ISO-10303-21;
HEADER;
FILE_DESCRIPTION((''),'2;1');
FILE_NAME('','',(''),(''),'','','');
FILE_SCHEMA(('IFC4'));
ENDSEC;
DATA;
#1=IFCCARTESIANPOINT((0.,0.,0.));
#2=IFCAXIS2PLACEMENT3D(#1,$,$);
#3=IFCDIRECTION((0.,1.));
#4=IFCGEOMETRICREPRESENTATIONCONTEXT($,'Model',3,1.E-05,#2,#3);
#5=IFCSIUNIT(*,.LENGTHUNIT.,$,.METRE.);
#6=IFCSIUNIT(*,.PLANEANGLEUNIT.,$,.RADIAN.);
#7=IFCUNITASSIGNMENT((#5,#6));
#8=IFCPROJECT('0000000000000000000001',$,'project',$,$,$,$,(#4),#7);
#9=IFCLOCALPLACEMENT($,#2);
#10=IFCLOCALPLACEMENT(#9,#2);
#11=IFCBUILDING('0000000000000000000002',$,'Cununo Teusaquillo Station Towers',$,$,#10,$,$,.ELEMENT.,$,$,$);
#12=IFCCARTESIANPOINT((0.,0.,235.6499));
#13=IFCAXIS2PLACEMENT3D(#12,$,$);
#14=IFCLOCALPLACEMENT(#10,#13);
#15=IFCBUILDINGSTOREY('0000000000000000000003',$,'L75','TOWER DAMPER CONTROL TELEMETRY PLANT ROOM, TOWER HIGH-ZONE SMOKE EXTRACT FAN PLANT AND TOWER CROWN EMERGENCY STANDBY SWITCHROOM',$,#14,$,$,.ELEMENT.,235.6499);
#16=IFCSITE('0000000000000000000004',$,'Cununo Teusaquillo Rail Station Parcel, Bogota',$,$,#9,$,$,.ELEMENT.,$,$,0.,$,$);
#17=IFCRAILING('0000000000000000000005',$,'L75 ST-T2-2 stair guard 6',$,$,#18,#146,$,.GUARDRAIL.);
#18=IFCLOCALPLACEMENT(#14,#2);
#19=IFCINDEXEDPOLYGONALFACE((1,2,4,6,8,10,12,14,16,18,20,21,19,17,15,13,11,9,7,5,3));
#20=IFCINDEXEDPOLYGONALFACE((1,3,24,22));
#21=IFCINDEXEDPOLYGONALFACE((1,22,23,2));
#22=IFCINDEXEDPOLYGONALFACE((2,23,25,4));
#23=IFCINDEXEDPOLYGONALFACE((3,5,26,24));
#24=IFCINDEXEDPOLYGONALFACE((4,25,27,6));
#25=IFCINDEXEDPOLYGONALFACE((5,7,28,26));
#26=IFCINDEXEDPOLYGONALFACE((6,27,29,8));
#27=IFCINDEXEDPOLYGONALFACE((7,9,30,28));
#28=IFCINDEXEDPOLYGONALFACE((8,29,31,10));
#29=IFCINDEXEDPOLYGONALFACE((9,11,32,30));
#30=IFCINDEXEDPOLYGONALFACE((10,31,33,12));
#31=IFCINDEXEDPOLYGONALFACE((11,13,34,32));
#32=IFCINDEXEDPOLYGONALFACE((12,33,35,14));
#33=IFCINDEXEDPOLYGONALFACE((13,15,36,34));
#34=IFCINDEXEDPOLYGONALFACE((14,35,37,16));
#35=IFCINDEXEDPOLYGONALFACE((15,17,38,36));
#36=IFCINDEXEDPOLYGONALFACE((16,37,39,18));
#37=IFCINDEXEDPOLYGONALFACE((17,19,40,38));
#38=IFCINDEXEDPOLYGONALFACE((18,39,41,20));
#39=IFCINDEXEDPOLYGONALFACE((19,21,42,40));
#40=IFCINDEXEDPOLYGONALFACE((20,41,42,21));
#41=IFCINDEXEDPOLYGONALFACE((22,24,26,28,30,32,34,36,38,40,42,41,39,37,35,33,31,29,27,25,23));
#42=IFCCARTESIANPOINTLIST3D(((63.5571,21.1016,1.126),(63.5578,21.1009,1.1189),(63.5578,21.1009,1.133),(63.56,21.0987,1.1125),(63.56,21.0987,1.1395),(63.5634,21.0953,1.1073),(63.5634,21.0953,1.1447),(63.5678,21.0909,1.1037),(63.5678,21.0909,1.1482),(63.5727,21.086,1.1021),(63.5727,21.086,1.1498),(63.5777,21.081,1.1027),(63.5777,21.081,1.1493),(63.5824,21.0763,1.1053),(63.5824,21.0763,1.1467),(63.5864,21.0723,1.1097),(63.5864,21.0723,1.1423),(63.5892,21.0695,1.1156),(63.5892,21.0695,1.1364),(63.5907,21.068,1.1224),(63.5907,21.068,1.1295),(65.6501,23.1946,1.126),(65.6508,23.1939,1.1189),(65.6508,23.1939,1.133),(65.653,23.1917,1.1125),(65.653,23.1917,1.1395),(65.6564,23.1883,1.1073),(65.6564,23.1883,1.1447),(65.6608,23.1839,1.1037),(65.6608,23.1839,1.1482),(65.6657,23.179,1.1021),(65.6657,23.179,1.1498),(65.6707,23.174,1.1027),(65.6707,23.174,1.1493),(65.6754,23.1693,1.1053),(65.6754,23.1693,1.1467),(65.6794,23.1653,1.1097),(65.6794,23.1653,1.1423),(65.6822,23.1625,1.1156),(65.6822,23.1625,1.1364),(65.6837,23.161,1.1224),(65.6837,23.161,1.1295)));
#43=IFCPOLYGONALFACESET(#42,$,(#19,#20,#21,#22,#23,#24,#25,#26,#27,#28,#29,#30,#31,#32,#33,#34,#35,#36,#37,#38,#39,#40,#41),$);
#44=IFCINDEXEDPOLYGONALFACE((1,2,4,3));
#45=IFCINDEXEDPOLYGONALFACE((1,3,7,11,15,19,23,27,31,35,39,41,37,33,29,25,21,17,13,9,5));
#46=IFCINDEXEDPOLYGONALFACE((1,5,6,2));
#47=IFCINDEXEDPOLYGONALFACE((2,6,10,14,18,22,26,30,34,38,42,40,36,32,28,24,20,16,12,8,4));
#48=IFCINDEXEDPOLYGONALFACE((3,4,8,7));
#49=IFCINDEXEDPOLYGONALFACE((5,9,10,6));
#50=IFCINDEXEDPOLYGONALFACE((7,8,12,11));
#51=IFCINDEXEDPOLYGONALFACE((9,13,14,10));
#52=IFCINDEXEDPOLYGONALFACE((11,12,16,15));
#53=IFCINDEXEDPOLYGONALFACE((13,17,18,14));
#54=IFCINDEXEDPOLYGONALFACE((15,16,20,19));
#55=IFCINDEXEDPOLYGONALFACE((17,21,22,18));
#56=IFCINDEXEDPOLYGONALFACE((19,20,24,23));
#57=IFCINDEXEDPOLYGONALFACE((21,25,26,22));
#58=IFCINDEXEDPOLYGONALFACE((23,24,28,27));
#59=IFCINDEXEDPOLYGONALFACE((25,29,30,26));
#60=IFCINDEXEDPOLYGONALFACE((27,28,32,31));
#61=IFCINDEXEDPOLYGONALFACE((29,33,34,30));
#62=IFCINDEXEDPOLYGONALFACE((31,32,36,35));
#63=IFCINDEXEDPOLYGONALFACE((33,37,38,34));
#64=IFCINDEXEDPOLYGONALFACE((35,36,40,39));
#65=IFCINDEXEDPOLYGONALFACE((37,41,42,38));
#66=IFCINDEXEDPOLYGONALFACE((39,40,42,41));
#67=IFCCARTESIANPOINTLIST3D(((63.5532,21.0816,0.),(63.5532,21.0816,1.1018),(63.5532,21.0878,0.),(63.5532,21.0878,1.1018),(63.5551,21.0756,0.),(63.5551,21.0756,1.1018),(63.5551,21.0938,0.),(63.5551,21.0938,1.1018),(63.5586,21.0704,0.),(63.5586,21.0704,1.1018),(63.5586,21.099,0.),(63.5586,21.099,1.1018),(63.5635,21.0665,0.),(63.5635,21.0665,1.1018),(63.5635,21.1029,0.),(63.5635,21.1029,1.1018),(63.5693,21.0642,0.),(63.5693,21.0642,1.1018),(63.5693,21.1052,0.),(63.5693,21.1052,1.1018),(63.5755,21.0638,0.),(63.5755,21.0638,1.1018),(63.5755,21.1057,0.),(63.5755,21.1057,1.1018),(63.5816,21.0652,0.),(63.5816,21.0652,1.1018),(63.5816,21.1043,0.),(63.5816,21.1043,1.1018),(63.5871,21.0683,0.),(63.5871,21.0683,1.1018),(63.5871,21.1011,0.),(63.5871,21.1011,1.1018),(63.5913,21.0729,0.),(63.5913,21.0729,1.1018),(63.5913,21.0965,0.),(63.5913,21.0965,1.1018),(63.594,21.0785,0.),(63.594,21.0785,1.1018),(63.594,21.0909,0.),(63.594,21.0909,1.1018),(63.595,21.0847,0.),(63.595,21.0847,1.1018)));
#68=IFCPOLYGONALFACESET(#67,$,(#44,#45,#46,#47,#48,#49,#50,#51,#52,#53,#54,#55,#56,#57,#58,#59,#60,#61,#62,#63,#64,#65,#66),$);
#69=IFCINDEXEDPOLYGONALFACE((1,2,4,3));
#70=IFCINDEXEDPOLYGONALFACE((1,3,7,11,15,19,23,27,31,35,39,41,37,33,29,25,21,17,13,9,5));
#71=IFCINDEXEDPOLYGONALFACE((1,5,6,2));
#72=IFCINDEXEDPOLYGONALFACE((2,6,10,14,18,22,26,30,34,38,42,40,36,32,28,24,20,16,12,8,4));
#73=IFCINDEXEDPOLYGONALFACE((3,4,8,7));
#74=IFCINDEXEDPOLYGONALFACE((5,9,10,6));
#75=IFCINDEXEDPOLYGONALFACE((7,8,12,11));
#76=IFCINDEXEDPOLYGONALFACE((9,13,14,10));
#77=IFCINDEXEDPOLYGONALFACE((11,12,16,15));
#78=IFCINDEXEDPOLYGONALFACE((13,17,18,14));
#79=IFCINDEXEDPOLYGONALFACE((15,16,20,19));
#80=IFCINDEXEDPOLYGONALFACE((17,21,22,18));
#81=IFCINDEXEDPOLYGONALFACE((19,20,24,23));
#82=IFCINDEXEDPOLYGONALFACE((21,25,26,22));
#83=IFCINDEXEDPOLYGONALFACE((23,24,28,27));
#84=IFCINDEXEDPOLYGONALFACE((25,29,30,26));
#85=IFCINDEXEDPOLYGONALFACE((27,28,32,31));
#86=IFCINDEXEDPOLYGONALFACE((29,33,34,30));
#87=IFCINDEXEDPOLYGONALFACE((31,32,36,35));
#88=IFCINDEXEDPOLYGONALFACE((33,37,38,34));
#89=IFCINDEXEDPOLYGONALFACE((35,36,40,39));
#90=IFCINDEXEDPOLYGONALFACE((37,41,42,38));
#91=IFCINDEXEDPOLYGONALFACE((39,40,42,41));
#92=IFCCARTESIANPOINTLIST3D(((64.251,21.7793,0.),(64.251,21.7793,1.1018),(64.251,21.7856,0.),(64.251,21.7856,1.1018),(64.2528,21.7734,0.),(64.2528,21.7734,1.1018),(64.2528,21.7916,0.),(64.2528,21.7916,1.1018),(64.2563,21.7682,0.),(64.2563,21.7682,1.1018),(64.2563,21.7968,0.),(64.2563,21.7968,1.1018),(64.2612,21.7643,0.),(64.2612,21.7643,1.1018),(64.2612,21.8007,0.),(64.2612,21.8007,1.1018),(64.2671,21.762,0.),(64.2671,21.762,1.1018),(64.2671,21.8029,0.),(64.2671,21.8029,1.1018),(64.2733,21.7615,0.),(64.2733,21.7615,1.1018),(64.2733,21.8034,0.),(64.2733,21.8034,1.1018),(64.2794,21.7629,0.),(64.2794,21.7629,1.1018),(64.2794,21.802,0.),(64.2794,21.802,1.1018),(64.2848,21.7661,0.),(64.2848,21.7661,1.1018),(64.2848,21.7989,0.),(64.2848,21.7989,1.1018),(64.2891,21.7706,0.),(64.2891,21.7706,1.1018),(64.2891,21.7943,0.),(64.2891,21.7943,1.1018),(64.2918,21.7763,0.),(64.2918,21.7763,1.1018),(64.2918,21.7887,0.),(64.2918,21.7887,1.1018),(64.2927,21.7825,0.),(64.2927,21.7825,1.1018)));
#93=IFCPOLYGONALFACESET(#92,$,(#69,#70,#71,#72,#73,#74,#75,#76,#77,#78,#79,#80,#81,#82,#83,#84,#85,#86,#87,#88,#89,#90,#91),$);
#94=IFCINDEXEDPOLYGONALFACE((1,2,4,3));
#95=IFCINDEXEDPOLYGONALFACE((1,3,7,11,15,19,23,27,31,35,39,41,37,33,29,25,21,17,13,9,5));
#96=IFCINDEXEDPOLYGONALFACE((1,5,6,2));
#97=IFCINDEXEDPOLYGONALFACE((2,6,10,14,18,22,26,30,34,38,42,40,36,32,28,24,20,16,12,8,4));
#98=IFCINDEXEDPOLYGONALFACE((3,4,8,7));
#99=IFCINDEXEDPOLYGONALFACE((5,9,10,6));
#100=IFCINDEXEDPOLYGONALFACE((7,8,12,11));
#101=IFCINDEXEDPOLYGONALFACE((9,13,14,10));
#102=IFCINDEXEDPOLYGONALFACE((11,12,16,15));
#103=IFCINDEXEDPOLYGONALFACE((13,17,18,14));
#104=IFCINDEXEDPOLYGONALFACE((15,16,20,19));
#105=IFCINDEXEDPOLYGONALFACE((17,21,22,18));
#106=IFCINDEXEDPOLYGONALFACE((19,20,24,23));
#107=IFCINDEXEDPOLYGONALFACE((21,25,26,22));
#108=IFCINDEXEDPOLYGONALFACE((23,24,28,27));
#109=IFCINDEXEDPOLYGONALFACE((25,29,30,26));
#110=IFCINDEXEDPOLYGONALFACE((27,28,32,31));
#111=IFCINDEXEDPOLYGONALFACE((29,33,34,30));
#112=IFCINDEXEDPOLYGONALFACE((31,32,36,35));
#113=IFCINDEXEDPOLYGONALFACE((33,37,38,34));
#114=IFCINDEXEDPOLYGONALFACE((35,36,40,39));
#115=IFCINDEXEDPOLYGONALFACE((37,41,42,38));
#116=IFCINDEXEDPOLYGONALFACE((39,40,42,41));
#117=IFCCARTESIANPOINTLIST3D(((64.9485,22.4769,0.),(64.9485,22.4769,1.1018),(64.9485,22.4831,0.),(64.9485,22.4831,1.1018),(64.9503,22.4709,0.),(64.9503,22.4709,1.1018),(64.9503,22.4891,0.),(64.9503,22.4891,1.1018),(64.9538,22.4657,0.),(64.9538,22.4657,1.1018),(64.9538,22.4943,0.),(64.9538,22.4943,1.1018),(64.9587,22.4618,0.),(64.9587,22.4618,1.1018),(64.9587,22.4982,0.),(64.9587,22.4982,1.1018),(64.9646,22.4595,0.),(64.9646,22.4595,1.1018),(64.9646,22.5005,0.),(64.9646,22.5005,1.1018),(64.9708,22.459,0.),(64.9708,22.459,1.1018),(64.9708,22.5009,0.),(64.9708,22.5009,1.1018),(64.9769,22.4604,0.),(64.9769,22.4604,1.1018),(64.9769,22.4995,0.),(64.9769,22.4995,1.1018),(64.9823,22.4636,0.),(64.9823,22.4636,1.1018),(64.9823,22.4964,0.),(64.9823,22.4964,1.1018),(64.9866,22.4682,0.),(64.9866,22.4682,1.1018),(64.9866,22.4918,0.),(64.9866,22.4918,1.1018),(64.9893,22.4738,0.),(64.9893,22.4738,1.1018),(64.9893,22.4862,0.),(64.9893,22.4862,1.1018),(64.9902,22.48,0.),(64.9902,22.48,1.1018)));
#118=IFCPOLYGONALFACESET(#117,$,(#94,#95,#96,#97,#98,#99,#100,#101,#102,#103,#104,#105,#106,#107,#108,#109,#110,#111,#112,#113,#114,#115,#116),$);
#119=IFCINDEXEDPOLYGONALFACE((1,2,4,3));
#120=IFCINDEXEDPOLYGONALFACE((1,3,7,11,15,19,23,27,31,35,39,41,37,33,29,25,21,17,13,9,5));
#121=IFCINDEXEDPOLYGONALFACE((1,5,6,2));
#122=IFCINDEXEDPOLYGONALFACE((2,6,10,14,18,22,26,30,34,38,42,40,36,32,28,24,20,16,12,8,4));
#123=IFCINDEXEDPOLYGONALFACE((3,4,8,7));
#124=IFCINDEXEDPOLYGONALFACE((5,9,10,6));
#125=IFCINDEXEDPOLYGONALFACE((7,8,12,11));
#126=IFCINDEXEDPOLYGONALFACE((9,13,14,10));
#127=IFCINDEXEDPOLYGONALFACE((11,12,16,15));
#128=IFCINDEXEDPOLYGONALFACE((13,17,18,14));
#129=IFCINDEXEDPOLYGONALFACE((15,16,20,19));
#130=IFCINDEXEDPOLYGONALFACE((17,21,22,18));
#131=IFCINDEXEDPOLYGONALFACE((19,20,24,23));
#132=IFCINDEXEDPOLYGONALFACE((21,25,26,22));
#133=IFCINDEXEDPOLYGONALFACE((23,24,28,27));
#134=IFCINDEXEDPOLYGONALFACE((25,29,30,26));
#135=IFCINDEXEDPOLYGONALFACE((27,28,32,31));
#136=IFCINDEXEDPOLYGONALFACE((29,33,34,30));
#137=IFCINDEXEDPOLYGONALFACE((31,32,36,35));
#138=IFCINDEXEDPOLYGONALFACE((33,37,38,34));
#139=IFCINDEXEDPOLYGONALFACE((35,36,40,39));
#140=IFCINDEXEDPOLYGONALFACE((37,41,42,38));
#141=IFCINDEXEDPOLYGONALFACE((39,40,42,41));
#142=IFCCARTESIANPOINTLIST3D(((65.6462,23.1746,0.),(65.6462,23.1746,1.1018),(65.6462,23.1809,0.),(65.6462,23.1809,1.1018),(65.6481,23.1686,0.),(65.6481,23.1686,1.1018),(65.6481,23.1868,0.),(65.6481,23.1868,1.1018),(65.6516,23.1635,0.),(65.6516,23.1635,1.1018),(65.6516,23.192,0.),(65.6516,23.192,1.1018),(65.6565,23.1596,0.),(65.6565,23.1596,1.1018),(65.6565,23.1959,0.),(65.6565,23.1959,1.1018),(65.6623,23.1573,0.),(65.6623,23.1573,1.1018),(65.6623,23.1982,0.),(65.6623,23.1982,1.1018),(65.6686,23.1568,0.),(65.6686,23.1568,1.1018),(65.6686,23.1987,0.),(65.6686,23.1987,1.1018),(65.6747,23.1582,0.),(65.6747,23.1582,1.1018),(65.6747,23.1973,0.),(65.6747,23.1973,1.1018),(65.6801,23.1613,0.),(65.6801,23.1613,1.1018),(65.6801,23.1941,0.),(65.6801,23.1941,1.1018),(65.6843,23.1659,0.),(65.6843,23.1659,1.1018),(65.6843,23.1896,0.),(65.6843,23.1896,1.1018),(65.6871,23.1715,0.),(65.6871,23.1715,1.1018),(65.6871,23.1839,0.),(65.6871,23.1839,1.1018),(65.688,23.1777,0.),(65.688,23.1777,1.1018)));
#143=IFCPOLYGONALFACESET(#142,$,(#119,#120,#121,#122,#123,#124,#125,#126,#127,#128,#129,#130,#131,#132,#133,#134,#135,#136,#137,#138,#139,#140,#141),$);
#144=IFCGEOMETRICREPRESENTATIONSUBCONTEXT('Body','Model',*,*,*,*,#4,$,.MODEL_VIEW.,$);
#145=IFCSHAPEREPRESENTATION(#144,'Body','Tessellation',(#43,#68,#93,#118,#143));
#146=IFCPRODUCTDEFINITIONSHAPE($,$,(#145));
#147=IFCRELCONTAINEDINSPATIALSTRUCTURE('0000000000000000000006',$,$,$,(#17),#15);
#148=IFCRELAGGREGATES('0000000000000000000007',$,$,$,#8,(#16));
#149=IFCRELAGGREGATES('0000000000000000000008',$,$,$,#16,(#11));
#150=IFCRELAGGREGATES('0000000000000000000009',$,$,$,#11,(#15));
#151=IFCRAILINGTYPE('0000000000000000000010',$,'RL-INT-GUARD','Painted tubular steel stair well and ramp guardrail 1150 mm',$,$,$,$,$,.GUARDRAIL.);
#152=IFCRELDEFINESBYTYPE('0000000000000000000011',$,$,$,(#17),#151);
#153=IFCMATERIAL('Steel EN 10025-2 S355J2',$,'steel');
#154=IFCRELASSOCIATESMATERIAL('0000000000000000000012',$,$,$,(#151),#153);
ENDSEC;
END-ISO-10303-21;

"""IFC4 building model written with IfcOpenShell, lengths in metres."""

from ifc_helpers import new_model, si_unit, direction, frame, origin, origin_2d, place, context, subcontext, project, spatial, circle, extrude, material, type_object, element, save


model = new_model("IFC4")

# Units and contexts
model_context = context("Model", 3, precision=1e-05, world=origin(), true_north=direction((0.0, 1.0)))
body_context = subcontext(model_context, "Body", "Model", "MODEL_VIEW")
ifc_project = project(units=[si_unit("LENGTHUNIT", "METRE"), si_unit("PLANEANGLEUNIT", "RADIAN")], contexts=[model_context])

# Site, building, storey
site_placement = place(None, origin())
site = spatial("IfcSite", under=ifc_project, at=site_placement, Name="Cununo Teusaquillo Rail Station Parcel, Bogota", CompositionType="ELEMENT", RefElevation=0.0)
building_placement = place(site_placement, origin())
building = spatial("IfcBuilding", under=site, at=building_placement, Name="Cununo Teusaquillo Station Towers", CompositionType="ELEMENT")
storey_placement = place(building_placement, frame((0.0, 0.0, 235.6499)))
storey = spatial("IfcBuildingStorey", under=building, at=storey_placement, Name="L75", Description="TOWER DAMPER CONTROL TELEMETRY PLANT ROOM, TOWER HIGH-ZONE SMOKE EXTRACT FAN PLANT AND TOWER CROWN EMERGENCY STANDBY SWITCHROOM", CompositionType="ELEMENT", Elevation=235.6499)

# Railing
ifc_material_1 = material(Name="Steel EN 10025-2 S355J2", Category="steel")
railing_type = type_object("IfcRailingType", Name="RL-INT-GUARD", Description="Painted tubular steel stair well and ramp guardrail 1150 mm", PredefinedType="GUARDRAIL", material=ifc_material_1)
railing_1_placement = place(storey_placement, frame((63.574, 21.0847, 0.0)))
element("IfcRailing", 1, at=railing_1_placement, inside=storey, type_object=railing_type, Name="L75 ST-T2-2 stair guard 6", PredefinedType="GUARDRAIL", context=body_context, shape_type="SweptSolid", body=[
    extrude(circle(Radius=0.0239, at=origin_2d()), frame((0.0, 0.0, 1.126), z_axis=(0.707107, 0.707107, 0.0), x_axis=(-0.707107, 0.707107, 0.0)), (0.0, 0.0, 1.0), 2.96),
    extrude(circle(Radius=0.021, at=origin_2d()), origin(), (0.0, 0.0, 1.0), 1.1018),
    extrude(circle(Radius=0.021, at=origin_2d()), frame((0.6978, 0.6978, 0.0)), (0.0, 0.0, 1.0), 1.1018),
    extrude(circle(Radius=0.021, at=origin_2d()), frame((1.3953, 1.3953, 0.0)), (0.0, 0.0, 1.0), 1.1018),
    extrude(circle(Radius=0.021, at=origin_2d()), frame((2.093, 2.093, 0.0)), (0.0, 0.0, 1.0), 1.1018),
])

save(model, "model.ifc")
